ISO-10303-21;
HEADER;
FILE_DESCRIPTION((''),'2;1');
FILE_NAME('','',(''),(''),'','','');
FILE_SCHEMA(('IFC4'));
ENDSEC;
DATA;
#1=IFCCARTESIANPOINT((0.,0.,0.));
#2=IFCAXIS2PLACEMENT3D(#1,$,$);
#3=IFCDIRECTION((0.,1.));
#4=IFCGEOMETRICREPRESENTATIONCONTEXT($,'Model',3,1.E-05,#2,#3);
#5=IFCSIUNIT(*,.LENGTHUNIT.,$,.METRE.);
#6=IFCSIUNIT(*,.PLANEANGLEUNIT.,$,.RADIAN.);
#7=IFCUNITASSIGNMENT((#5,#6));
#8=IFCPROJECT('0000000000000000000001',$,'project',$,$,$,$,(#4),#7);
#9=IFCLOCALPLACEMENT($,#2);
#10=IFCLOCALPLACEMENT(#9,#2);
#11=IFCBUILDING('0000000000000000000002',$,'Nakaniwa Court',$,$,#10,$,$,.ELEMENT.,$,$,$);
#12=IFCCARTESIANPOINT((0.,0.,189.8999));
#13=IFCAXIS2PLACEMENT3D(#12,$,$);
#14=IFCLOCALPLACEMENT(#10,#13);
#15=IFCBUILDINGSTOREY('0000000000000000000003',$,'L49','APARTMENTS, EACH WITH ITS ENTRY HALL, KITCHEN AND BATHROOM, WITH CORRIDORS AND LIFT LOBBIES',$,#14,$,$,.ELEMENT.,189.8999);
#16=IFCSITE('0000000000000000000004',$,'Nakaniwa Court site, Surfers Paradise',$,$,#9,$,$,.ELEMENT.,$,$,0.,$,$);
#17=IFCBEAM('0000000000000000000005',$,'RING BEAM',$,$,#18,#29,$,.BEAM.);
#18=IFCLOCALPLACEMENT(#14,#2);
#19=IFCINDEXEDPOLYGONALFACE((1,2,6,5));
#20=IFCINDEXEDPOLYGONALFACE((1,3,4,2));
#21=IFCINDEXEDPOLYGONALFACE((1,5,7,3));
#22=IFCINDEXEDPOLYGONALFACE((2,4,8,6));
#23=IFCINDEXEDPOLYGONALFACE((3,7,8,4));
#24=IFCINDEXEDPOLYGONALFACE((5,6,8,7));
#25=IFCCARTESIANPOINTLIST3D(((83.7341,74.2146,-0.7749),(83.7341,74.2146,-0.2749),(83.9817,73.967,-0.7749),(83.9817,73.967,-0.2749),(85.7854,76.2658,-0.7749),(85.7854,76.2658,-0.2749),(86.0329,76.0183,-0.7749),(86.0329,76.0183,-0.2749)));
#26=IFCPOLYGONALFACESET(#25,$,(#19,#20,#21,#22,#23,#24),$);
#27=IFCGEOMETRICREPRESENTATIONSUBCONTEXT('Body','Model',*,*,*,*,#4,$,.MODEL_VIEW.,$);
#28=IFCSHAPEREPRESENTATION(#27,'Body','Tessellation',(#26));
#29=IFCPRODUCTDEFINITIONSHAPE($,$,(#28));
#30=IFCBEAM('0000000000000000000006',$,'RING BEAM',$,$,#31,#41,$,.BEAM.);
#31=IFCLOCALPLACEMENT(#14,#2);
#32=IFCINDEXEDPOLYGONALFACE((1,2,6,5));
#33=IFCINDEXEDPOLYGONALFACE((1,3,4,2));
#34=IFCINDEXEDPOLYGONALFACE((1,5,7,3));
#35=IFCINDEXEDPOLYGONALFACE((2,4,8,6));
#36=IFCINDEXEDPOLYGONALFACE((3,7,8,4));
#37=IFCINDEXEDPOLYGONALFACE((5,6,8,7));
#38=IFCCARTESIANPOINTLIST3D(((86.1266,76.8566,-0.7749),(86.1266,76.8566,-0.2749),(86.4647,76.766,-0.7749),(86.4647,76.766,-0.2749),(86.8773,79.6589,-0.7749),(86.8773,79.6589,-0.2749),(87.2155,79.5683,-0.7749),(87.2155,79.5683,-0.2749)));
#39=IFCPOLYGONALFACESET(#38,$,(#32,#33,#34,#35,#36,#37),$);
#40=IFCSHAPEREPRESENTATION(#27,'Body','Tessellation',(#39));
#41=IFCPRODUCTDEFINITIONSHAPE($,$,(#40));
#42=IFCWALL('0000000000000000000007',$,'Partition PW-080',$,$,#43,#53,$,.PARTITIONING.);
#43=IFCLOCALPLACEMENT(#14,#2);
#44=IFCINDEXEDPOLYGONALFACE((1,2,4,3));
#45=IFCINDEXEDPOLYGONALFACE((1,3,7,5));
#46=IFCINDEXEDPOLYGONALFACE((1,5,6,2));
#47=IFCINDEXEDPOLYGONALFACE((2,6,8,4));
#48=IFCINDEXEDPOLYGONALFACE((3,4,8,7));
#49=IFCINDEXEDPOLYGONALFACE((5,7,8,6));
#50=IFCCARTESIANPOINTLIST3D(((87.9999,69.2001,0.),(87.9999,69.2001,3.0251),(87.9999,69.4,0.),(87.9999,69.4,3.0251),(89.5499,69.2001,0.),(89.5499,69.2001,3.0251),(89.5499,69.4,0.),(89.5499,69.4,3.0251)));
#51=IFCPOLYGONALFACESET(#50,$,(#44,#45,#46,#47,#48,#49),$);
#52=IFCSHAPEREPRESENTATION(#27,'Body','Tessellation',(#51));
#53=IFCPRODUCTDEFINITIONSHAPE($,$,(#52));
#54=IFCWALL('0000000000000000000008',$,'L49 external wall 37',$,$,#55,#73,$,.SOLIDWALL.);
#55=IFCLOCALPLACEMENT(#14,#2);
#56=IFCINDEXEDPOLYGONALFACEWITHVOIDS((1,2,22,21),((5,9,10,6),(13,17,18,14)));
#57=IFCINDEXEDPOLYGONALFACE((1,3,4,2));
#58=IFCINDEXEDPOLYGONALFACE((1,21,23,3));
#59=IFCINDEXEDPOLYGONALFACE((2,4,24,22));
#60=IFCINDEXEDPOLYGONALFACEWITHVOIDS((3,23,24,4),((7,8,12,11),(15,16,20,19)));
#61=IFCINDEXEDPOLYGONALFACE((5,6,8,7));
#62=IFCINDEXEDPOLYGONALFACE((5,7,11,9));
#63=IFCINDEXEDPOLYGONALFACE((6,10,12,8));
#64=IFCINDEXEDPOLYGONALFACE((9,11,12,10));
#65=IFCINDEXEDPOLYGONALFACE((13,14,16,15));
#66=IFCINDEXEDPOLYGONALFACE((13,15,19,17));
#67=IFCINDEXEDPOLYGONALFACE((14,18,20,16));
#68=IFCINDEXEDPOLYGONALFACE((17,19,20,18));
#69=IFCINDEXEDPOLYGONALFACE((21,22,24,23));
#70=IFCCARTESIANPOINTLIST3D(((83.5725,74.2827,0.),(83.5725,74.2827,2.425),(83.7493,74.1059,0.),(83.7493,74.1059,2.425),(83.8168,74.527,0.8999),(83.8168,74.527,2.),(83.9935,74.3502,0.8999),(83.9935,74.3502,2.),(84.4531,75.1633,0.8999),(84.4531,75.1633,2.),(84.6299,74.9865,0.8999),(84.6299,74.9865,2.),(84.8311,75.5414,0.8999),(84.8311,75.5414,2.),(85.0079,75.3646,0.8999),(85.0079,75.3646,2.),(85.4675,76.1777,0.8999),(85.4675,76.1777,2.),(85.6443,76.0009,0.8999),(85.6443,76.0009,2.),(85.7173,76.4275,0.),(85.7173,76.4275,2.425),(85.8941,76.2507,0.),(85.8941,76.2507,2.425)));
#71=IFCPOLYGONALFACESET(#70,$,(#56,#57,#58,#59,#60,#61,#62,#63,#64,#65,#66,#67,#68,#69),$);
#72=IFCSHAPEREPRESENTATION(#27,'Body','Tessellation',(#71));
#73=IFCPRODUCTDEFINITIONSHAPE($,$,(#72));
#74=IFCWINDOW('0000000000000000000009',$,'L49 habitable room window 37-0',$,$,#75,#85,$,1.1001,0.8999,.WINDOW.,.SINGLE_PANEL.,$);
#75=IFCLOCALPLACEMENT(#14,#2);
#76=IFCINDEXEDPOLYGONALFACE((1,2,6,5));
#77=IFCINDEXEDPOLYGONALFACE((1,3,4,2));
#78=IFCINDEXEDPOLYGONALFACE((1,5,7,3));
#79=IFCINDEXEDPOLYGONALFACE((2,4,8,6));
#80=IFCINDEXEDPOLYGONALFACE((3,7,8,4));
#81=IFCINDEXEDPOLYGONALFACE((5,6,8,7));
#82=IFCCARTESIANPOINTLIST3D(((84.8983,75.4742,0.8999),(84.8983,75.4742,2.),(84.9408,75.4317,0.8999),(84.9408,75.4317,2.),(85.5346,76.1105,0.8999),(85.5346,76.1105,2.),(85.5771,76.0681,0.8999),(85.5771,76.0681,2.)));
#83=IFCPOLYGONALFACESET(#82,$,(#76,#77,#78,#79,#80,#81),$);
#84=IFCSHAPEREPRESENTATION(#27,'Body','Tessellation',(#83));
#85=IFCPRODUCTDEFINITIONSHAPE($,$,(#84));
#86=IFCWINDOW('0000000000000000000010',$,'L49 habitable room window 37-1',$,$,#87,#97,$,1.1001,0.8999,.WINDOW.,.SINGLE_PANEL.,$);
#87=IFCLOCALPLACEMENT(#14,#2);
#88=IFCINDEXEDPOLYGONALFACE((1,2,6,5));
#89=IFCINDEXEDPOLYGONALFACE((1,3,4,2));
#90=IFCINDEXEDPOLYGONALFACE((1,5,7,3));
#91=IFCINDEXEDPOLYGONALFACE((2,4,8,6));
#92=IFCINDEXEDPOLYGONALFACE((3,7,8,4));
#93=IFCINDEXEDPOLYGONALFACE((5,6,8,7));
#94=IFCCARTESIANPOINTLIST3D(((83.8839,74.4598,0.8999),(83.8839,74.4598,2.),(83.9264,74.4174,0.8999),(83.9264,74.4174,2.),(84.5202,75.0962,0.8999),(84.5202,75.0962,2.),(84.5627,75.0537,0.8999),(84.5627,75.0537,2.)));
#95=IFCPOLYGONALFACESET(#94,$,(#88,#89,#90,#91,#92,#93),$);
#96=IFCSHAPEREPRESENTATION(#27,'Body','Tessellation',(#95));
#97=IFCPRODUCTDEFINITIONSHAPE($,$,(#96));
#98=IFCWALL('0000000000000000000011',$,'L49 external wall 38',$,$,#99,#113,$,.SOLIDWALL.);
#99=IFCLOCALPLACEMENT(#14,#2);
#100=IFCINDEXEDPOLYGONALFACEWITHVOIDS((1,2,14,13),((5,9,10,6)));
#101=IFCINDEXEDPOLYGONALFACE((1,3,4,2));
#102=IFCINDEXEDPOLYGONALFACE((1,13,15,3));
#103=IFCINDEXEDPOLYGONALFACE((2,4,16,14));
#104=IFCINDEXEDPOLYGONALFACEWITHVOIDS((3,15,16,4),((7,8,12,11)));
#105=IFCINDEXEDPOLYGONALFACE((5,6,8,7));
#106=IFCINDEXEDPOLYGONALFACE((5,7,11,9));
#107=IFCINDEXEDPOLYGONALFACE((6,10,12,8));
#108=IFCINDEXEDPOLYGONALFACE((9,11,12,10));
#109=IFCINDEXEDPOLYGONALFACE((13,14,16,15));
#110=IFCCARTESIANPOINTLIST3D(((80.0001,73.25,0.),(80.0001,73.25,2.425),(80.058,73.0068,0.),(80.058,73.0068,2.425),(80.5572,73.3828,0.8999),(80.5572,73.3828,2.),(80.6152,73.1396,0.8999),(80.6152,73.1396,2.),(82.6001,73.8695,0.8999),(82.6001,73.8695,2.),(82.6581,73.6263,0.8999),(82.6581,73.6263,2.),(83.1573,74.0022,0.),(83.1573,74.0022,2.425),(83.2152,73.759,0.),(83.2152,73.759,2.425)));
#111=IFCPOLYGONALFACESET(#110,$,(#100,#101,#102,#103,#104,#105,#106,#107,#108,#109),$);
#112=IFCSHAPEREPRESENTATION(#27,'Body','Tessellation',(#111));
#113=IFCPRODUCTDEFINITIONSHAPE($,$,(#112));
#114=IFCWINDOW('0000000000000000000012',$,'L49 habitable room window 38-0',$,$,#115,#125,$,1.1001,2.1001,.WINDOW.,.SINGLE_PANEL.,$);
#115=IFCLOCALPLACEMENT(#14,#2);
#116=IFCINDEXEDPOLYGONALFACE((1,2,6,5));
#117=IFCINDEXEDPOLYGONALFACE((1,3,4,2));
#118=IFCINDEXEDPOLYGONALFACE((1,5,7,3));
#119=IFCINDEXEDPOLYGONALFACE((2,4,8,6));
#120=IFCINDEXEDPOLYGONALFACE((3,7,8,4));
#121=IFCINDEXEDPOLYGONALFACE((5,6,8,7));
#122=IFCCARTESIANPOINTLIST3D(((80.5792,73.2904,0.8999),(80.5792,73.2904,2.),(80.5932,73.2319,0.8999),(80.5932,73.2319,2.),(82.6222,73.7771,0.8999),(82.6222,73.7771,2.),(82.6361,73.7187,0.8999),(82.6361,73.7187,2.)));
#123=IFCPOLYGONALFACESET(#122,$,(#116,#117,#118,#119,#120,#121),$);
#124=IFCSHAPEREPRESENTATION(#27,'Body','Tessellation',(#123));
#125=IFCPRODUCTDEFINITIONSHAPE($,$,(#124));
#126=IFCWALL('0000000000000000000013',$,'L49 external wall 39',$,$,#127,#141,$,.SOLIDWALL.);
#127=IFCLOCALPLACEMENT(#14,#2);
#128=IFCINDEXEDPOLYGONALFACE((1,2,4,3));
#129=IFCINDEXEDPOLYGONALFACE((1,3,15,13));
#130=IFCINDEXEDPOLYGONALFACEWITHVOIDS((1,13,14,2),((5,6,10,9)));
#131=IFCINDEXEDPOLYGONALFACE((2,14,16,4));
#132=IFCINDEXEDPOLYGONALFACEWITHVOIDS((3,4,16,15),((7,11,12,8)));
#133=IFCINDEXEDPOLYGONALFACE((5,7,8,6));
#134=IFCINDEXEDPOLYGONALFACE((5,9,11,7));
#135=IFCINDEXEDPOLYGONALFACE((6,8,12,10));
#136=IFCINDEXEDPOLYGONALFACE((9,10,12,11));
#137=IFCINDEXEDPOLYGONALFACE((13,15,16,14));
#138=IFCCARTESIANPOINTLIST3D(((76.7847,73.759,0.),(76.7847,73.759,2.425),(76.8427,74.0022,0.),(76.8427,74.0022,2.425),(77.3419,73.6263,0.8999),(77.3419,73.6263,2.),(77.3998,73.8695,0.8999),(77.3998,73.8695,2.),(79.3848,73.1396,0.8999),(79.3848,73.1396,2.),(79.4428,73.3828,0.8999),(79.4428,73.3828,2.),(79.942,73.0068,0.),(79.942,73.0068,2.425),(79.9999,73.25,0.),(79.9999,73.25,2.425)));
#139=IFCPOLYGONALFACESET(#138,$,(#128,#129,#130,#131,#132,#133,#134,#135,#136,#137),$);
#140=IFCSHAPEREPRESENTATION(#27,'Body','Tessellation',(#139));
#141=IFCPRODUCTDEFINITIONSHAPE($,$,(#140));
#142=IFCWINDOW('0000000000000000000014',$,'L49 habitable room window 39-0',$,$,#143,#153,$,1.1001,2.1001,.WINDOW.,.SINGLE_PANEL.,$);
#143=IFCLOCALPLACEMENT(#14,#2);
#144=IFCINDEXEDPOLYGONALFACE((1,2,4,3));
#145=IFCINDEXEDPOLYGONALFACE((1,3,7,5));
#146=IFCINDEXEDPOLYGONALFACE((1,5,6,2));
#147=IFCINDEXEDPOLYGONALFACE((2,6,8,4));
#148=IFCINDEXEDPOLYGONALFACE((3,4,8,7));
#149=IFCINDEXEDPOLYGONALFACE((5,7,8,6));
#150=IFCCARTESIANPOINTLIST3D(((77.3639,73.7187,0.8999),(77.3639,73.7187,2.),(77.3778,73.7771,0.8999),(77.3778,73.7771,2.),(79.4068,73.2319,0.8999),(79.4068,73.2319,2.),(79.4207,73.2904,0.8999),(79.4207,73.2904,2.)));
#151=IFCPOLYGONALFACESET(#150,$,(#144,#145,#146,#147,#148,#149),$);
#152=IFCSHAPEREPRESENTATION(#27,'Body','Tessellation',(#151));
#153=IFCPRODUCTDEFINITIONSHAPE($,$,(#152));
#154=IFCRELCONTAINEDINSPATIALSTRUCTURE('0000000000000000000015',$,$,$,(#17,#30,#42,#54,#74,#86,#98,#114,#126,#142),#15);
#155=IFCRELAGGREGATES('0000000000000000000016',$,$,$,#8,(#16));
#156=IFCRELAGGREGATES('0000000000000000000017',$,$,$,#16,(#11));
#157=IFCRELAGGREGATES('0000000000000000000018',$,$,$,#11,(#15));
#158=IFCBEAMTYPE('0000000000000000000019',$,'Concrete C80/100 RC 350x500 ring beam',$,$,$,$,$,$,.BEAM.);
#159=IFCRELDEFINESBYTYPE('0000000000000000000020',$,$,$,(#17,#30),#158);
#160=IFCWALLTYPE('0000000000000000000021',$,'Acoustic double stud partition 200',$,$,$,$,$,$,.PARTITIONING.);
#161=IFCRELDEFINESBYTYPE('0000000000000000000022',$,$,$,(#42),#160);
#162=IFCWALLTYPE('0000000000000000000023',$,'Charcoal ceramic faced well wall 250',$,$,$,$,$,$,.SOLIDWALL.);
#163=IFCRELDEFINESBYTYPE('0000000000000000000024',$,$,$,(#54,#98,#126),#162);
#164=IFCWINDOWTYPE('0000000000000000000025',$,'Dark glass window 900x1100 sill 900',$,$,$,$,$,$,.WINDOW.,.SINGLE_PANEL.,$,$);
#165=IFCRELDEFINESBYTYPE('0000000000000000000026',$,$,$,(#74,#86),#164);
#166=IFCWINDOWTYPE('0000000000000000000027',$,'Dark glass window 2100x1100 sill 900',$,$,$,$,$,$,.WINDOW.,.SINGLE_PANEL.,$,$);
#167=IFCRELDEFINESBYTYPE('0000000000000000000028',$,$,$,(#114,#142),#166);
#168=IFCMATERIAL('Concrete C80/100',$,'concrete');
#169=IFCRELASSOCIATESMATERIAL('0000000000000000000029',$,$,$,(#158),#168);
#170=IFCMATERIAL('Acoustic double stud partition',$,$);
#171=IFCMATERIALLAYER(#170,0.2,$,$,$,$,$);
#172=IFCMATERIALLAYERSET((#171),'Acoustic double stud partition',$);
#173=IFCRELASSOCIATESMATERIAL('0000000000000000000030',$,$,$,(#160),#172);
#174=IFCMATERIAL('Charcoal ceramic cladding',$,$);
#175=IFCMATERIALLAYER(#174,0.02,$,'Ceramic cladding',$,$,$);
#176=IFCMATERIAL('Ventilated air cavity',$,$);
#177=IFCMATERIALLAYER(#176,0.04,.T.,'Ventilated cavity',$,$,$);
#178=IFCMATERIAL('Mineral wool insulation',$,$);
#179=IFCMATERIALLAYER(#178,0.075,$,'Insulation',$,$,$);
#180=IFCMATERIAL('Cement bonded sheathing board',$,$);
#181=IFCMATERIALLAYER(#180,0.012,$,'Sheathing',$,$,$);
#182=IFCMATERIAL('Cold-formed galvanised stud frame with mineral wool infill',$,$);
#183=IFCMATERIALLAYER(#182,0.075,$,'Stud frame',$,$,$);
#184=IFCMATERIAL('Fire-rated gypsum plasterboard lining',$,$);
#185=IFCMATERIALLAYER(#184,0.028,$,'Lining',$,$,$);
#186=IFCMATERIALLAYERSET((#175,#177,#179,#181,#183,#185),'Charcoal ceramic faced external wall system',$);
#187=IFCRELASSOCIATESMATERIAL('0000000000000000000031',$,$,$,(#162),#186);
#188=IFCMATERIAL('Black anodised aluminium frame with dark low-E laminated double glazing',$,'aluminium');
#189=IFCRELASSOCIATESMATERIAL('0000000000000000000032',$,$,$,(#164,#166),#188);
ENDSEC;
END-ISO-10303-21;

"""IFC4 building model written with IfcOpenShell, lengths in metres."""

from ifc_helpers import new_model, si_unit, direction, frame, frame_2d, origin, origin_2d, place, context, subcontext, project, spatial, rectangle, extrude, material, layer, layer_set, material_profile, profile_set, type_object, element, fill, save


model = new_model("IFC4")

# Units and contexts
model_context = context("Model", 3, precision=1e-05, world=origin(), true_north=direction((0.0, 1.0)))
body_context = subcontext(model_context, "Body", "Model", "MODEL_VIEW")
ifc_project = project(units=[si_unit("LENGTHUNIT", "METRE"), si_unit("PLANEANGLEUNIT", "RADIAN")], contexts=[model_context])

# Site, building, storey
site_placement = place(None, origin())
site = spatial("IfcSite", under=ifc_project, at=site_placement, Name="Nakaniwa Court site, Surfers Paradise", CompositionType="ELEMENT", RefElevation=0.0)
building_placement = place(site_placement, origin())
building = spatial("IfcBuilding", under=site, at=building_placement, Name="Nakaniwa Court", CompositionType="ELEMENT")
storey_placement = place(building_placement, frame((0.0, 0.0, 189.8999)))
storey = spatial("IfcBuildingStorey", under=building, at=storey_placement, Name="L49", Description="APARTMENTS, EACH WITH ITS ENTRY HALL, KITCHEN AND BATHROOM, WITH CORRIDORS AND LIFT LOBBIES", CompositionType="ELEMENT", Elevation=189.8999)

# Shared definitions
ifc_material_1 = material(Name="Concrete C80/100", Category="concrete")

# Beams
ifc_material_profile_1 = material_profile(ifc_material_1, rectangle(XDim=0.3501, YDim=0.5, at=origin_2d()), Name="Concrete C80/100 RC 350x500 ring beam")
ifc_profile_set_1 = profile_set([ifc_material_profile_1], Name="Concrete C80/100")
beam_type = type_object("IfcBeamType", Name="Concrete C80/100 RC 350x500 ring beam", PredefinedType="BEAM", material=ifc_profile_set_1)
beam_1_placement = place(storey_placement, frame((83.8579, 74.0908, -0.5249), z_axis=(0.707107, 0.707107, 0.0), x_axis=(-0.707107, 0.707107, 0.0)))
element("IfcBeam", 1, at=beam_1_placement, inside=storey, type_object=beam_type, Name="RING BEAM", PredefinedType="BEAM", context=body_context, shape_type="SweptSolid", body=[
    extrude(rectangle(XDim=0.3501, YDim=0.5, at=origin_2d()), origin(), (0.0, 0.0, 1.0), 2.9009),
])
beam_2_placement = place(storey_placement, frame((86.2957, 76.8113, -0.5249), z_axis=(0.258778, 0.965937, 0.0), x_axis=(-0.965937, 0.258778, 0.0)))
element("IfcBeam", 2, at=beam_2_placement, inside=storey, type_object=beam_type, Name="RING BEAM", PredefinedType="BEAM", context=body_context, shape_type="SweptSolid", body=[
    extrude(rectangle(XDim=0.3501, YDim=0.5, at=origin_2d()), origin(), (0.0, 0.0, 1.0), 2.9011),
])

# Wall
ifc_material_2 = material(Name="Acoustic double stud partition")
ifc_layer_1 = layer(ifc_material_2, 0.2)
ifc_layer_set_1 = layer_set([ifc_layer_1], Name="Acoustic double stud partition")
wall_type_1 = type_object("IfcWallType", Name="Acoustic double stud partition 200", PredefinedType="PARTITIONING", material=ifc_layer_set_1)
wall_1_placement = place(storey_placement, frame((88.0, 69.3, 0.0), z_axis=(0.0, 0.0, 1.0), x_axis=(1.0, 0.0, 0.0)))
element("IfcWall", 3, at=wall_1_placement, inside=storey, type_object=wall_type_1, Name="Partition PW-080", PredefinedType="PARTITIONING", context=body_context, shape_type="SweptSolid", body=[
    extrude(rectangle(XDim=1.55, YDim=0.2, at=frame_2d((0.7749, 0.0))), origin(), (0.0, 0.0, 1.0), 3.0251),
])

# Wall, openings, windows
ifc_material_3 = material(Name="Charcoal ceramic cladding")
ifc_layer_2 = layer(ifc_material_3, 0.02, Name="Ceramic cladding")
ifc_material_4 = material(Name="Ventilated air cavity")
ifc_layer_3 = layer(ifc_material_4, 0.04, ventilated=True, Name="Ventilated cavity")
ifc_material_5 = material(Name="Mineral wool insulation")
ifc_layer_4 = layer(ifc_material_5, 0.075, Name="Insulation")
ifc_material_6 = material(Name="Cement bonded sheathing board")
ifc_layer_5 = layer(ifc_material_6, 0.012, Name="Sheathing")
ifc_material_7 = material(Name="Cold-formed galvanised stud frame with mineral wool infill")
ifc_layer_6 = layer(ifc_material_7, 0.075, Name="Stud frame")
ifc_material_8 = material(Name="Fire-rated gypsum plasterboard lining")
ifc_layer_7 = layer(ifc_material_8, 0.028, Name="Lining")
ifc_layer_set_2 = layer_set([ifc_layer_2, ifc_layer_3, ifc_layer_4, ifc_layer_5, ifc_layer_6, ifc_layer_7], Name="Charcoal ceramic faced external wall system")
wall_type_2 = type_object("IfcWallType", Name="Charcoal ceramic faced well wall 250", PredefinedType="SOLIDWALL", material=ifc_layer_set_2)
wall_2_placement = place(storey_placement, frame((85.8057, 76.3391, 0.0), z_axis=(0.0, 0.0, 1.0), x_axis=(-0.707107, -0.707107, 0.0)))
wall_2 = element("IfcWall", 4, at=wall_2_placement, inside=storey, type_object=wall_type_2, Name="L49 external wall 37", PredefinedType="SOLIDWALL", context=body_context, shape_type="SweptSolid", body=[
    extrude(rectangle(XDim=3.0332, YDim=0.25, at=frame_2d((1.5166, 0.0))), origin(), (0.0, 0.0, 1.0), 2.425),
])
opening_1_placement = place(wall_2_placement, frame((0.3533, 0.0, 0.8999)))
opening_1 = element("IfcOpeningElement", 5, at=opening_1_placement, cuts=wall_2, PredefinedType="OPENING", context=body_context, shape_type="SweptSolid", body=[
    extrude(rectangle(XDim=0.8999, YDim=1.1001, at=frame_2d((0.45, 0.55))), frame((0.0, 0.135, 0.0), z_axis=(0.0, -1.0, 0.0), x_axis=(1.0, 0.0, 0.0)), (0.0, 0.0, 1.0), 0.27),
])
opening_2_placement = place(wall_2_placement, frame((1.7878, 0.0, 0.8999)))
opening_2 = element("IfcOpeningElement", 6, at=opening_2_placement, cuts=wall_2, PredefinedType="OPENING", context=body_context, shape_type="SweptSolid", body=[
    extrude(rectangle(XDim=0.8999, YDim=1.1001, at=frame_2d((0.45, 0.55))), frame((0.0, 0.135, 0.0), z_axis=(0.0, -1.0, 0.0), x_axis=(1.0, 0.0, 0.0)), (0.0, 0.0, 1.0), 0.27),
])
ifc_material_9 = material(Name="Black anodised aluminium frame with dark low-E laminated double glazing", Category="aluminium")
window_type_1 = type_object("IfcWindowType", Name="Dark glass window 900x1100 sill 900", PartitioningType="SINGLE_PANEL", PredefinedType="WINDOW", material=ifc_material_9)
window_1_placement = place(opening_1_placement, origin())
window_1 = element("IfcWindow", 7, at=window_1_placement, inside=storey, type_object=window_type_1, Name="L49 habitable room window 37-0", OverallHeight=1.1001, OverallWidth=0.8999, PartitioningType="SINGLE_PANEL", PredefinedType="WINDOW", context=body_context, shape_type="SweptSolid", body=[
    extrude(rectangle(XDim=0.8999, YDim=1.1001, at=frame_2d((0.45, 0.55))), frame((0.0, 0.03, 0.0), z_axis=(0.0, -1.0, 0.0), x_axis=(1.0, 0.0, 0.0)), (0.0, 0.0, 1.0), 0.0601),
])
fill(opening_1, window_1)
window_2_placement = place(opening_2_placement, origin())
window_2 = element("IfcWindow", 8, at=window_2_placement, inside=storey, type_object=window_type_1, Name="L49 habitable room window 37-1", OverallHeight=1.1001, OverallWidth=0.8999, PartitioningType="SINGLE_PANEL", PredefinedType="WINDOW", context=body_context, shape_type="SweptSolid", body=[
    extrude(rectangle(XDim=0.8999, YDim=1.1001, at=frame_2d((0.45, 0.55))), frame((0.0, 0.03, 0.0), z_axis=(0.0, -1.0, 0.0), x_axis=(1.0, 0.0, 0.0)), (0.0, 0.0, 1.0), 0.0601),
])
fill(opening_2, window_2)

# Walls, openings, windows
wall_3_placement = place(storey_placement, frame((83.1863, 73.8806, 0.0), z_axis=(0.0, 0.0, 1.0), x_axis=(-0.972773, -0.23176, 0.0)))
wall_3 = element("IfcWall", 9, at=wall_3_placement, inside=storey, type_object=wall_type_2, Name="L49 external wall 38", PredefinedType="SOLIDWALL", context=body_context, shape_type="SweptSolid", body=[
    extrude(rectangle(XDim=3.2456, YDim=0.25, at=frame_2d((1.6228, 0.0))), origin(), (0.0, 0.0, 1.0), 2.425),
])
opening_3_placement = place(wall_3_placement, frame((0.5728, 0.0, 0.8999)))
opening_3 = element("IfcOpeningElement", 10, at=opening_3_placement, cuts=wall_3, PredefinedType="OPENING", context=body_context, shape_type="SweptSolid", body=[
    extrude(rectangle(XDim=2.1001, YDim=1.1001, at=frame_2d((1.05, 0.55))), frame((0.0, 0.135, 0.0), z_axis=(0.0, -1.0, 0.0), x_axis=(1.0, 0.0, 0.0)), (0.0, 0.0, 1.0), 0.27),
])
window_type_2 = type_object("IfcWindowType", Name="Dark glass window 2100x1100 sill 900", PartitioningType="SINGLE_PANEL", PredefinedType="WINDOW", material=ifc_material_9)
window_3_placement = place(opening_3_placement, origin())
window_3 = element("IfcWindow", 11, at=window_3_placement, inside=storey, type_object=window_type_2, Name="L49 habitable room window 38-0", OverallHeight=1.1001, OverallWidth=2.1001, PartitioningType="SINGLE_PANEL", PredefinedType="WINDOW", context=body_context, shape_type="SweptSolid", body=[
    extrude(rectangle(XDim=2.1001, YDim=1.1001, at=frame_2d((1.05, 0.55))), frame((0.0, 0.03, 0.0), z_axis=(0.0, -1.0, 0.0), x_axis=(1.0, 0.0, 0.0)), (0.0, 0.0, 1.0), 0.0601),
])
fill(opening_3, window_3)
wall_4_placement = place(storey_placement, frame((79.9709, 73.1284, 0.0), z_axis=(0.0, 0.0, 1.0), x_axis=(-0.972773, 0.23176, 0.0)))
wall_4 = element("IfcWall", 12, at=wall_4_placement, inside=storey, type_object=wall_type_2, Name="L49 external wall 39", PredefinedType="SOLIDWALL", context=body_context, shape_type="SweptSolid", body=[
    extrude(rectangle(XDim=3.2456, YDim=0.25, at=frame_2d((1.6228, 0.0))), origin(), (0.0, 0.0, 1.0), 2.425),
])
opening_4_placement = place(wall_4_placement, frame((0.5728, 0.0, 0.8999)))
opening_4 = element("IfcOpeningElement", 13, at=opening_4_placement, cuts=wall_4, PredefinedType="OPENING", context=body_context, shape_type="SweptSolid", body=[
    extrude(rectangle(XDim=2.1001, YDim=1.1001, at=frame_2d((1.05, 0.55))), frame((0.0, 0.135, 0.0), z_axis=(0.0, -1.0, 0.0), x_axis=(1.0, 0.0, 0.0)), (0.0, 0.0, 1.0), 0.27),
])
window_4_placement = place(opening_4_placement, origin())
window_4 = element("IfcWindow", 14, at=window_4_placement, inside=storey, type_object=window_type_2, Name="L49 habitable room window 39-0", OverallHeight=1.1001, OverallWidth=2.1001, PartitioningType="SINGLE_PANEL", PredefinedType="WINDOW", context=body_context, shape_type="SweptSolid", body=[
    extrude(rectangle(XDim=2.1001, YDim=1.1001, at=frame_2d((1.05, 0.55))), frame((0.0, 0.03, 0.0), z_axis=(0.0, -1.0, 0.0), x_axis=(1.0, 0.0, 0.0)), (0.0, 0.0, 1.0), 0.0601),
])
fill(opening_4, window_4)

save(model, "model.ifc")
